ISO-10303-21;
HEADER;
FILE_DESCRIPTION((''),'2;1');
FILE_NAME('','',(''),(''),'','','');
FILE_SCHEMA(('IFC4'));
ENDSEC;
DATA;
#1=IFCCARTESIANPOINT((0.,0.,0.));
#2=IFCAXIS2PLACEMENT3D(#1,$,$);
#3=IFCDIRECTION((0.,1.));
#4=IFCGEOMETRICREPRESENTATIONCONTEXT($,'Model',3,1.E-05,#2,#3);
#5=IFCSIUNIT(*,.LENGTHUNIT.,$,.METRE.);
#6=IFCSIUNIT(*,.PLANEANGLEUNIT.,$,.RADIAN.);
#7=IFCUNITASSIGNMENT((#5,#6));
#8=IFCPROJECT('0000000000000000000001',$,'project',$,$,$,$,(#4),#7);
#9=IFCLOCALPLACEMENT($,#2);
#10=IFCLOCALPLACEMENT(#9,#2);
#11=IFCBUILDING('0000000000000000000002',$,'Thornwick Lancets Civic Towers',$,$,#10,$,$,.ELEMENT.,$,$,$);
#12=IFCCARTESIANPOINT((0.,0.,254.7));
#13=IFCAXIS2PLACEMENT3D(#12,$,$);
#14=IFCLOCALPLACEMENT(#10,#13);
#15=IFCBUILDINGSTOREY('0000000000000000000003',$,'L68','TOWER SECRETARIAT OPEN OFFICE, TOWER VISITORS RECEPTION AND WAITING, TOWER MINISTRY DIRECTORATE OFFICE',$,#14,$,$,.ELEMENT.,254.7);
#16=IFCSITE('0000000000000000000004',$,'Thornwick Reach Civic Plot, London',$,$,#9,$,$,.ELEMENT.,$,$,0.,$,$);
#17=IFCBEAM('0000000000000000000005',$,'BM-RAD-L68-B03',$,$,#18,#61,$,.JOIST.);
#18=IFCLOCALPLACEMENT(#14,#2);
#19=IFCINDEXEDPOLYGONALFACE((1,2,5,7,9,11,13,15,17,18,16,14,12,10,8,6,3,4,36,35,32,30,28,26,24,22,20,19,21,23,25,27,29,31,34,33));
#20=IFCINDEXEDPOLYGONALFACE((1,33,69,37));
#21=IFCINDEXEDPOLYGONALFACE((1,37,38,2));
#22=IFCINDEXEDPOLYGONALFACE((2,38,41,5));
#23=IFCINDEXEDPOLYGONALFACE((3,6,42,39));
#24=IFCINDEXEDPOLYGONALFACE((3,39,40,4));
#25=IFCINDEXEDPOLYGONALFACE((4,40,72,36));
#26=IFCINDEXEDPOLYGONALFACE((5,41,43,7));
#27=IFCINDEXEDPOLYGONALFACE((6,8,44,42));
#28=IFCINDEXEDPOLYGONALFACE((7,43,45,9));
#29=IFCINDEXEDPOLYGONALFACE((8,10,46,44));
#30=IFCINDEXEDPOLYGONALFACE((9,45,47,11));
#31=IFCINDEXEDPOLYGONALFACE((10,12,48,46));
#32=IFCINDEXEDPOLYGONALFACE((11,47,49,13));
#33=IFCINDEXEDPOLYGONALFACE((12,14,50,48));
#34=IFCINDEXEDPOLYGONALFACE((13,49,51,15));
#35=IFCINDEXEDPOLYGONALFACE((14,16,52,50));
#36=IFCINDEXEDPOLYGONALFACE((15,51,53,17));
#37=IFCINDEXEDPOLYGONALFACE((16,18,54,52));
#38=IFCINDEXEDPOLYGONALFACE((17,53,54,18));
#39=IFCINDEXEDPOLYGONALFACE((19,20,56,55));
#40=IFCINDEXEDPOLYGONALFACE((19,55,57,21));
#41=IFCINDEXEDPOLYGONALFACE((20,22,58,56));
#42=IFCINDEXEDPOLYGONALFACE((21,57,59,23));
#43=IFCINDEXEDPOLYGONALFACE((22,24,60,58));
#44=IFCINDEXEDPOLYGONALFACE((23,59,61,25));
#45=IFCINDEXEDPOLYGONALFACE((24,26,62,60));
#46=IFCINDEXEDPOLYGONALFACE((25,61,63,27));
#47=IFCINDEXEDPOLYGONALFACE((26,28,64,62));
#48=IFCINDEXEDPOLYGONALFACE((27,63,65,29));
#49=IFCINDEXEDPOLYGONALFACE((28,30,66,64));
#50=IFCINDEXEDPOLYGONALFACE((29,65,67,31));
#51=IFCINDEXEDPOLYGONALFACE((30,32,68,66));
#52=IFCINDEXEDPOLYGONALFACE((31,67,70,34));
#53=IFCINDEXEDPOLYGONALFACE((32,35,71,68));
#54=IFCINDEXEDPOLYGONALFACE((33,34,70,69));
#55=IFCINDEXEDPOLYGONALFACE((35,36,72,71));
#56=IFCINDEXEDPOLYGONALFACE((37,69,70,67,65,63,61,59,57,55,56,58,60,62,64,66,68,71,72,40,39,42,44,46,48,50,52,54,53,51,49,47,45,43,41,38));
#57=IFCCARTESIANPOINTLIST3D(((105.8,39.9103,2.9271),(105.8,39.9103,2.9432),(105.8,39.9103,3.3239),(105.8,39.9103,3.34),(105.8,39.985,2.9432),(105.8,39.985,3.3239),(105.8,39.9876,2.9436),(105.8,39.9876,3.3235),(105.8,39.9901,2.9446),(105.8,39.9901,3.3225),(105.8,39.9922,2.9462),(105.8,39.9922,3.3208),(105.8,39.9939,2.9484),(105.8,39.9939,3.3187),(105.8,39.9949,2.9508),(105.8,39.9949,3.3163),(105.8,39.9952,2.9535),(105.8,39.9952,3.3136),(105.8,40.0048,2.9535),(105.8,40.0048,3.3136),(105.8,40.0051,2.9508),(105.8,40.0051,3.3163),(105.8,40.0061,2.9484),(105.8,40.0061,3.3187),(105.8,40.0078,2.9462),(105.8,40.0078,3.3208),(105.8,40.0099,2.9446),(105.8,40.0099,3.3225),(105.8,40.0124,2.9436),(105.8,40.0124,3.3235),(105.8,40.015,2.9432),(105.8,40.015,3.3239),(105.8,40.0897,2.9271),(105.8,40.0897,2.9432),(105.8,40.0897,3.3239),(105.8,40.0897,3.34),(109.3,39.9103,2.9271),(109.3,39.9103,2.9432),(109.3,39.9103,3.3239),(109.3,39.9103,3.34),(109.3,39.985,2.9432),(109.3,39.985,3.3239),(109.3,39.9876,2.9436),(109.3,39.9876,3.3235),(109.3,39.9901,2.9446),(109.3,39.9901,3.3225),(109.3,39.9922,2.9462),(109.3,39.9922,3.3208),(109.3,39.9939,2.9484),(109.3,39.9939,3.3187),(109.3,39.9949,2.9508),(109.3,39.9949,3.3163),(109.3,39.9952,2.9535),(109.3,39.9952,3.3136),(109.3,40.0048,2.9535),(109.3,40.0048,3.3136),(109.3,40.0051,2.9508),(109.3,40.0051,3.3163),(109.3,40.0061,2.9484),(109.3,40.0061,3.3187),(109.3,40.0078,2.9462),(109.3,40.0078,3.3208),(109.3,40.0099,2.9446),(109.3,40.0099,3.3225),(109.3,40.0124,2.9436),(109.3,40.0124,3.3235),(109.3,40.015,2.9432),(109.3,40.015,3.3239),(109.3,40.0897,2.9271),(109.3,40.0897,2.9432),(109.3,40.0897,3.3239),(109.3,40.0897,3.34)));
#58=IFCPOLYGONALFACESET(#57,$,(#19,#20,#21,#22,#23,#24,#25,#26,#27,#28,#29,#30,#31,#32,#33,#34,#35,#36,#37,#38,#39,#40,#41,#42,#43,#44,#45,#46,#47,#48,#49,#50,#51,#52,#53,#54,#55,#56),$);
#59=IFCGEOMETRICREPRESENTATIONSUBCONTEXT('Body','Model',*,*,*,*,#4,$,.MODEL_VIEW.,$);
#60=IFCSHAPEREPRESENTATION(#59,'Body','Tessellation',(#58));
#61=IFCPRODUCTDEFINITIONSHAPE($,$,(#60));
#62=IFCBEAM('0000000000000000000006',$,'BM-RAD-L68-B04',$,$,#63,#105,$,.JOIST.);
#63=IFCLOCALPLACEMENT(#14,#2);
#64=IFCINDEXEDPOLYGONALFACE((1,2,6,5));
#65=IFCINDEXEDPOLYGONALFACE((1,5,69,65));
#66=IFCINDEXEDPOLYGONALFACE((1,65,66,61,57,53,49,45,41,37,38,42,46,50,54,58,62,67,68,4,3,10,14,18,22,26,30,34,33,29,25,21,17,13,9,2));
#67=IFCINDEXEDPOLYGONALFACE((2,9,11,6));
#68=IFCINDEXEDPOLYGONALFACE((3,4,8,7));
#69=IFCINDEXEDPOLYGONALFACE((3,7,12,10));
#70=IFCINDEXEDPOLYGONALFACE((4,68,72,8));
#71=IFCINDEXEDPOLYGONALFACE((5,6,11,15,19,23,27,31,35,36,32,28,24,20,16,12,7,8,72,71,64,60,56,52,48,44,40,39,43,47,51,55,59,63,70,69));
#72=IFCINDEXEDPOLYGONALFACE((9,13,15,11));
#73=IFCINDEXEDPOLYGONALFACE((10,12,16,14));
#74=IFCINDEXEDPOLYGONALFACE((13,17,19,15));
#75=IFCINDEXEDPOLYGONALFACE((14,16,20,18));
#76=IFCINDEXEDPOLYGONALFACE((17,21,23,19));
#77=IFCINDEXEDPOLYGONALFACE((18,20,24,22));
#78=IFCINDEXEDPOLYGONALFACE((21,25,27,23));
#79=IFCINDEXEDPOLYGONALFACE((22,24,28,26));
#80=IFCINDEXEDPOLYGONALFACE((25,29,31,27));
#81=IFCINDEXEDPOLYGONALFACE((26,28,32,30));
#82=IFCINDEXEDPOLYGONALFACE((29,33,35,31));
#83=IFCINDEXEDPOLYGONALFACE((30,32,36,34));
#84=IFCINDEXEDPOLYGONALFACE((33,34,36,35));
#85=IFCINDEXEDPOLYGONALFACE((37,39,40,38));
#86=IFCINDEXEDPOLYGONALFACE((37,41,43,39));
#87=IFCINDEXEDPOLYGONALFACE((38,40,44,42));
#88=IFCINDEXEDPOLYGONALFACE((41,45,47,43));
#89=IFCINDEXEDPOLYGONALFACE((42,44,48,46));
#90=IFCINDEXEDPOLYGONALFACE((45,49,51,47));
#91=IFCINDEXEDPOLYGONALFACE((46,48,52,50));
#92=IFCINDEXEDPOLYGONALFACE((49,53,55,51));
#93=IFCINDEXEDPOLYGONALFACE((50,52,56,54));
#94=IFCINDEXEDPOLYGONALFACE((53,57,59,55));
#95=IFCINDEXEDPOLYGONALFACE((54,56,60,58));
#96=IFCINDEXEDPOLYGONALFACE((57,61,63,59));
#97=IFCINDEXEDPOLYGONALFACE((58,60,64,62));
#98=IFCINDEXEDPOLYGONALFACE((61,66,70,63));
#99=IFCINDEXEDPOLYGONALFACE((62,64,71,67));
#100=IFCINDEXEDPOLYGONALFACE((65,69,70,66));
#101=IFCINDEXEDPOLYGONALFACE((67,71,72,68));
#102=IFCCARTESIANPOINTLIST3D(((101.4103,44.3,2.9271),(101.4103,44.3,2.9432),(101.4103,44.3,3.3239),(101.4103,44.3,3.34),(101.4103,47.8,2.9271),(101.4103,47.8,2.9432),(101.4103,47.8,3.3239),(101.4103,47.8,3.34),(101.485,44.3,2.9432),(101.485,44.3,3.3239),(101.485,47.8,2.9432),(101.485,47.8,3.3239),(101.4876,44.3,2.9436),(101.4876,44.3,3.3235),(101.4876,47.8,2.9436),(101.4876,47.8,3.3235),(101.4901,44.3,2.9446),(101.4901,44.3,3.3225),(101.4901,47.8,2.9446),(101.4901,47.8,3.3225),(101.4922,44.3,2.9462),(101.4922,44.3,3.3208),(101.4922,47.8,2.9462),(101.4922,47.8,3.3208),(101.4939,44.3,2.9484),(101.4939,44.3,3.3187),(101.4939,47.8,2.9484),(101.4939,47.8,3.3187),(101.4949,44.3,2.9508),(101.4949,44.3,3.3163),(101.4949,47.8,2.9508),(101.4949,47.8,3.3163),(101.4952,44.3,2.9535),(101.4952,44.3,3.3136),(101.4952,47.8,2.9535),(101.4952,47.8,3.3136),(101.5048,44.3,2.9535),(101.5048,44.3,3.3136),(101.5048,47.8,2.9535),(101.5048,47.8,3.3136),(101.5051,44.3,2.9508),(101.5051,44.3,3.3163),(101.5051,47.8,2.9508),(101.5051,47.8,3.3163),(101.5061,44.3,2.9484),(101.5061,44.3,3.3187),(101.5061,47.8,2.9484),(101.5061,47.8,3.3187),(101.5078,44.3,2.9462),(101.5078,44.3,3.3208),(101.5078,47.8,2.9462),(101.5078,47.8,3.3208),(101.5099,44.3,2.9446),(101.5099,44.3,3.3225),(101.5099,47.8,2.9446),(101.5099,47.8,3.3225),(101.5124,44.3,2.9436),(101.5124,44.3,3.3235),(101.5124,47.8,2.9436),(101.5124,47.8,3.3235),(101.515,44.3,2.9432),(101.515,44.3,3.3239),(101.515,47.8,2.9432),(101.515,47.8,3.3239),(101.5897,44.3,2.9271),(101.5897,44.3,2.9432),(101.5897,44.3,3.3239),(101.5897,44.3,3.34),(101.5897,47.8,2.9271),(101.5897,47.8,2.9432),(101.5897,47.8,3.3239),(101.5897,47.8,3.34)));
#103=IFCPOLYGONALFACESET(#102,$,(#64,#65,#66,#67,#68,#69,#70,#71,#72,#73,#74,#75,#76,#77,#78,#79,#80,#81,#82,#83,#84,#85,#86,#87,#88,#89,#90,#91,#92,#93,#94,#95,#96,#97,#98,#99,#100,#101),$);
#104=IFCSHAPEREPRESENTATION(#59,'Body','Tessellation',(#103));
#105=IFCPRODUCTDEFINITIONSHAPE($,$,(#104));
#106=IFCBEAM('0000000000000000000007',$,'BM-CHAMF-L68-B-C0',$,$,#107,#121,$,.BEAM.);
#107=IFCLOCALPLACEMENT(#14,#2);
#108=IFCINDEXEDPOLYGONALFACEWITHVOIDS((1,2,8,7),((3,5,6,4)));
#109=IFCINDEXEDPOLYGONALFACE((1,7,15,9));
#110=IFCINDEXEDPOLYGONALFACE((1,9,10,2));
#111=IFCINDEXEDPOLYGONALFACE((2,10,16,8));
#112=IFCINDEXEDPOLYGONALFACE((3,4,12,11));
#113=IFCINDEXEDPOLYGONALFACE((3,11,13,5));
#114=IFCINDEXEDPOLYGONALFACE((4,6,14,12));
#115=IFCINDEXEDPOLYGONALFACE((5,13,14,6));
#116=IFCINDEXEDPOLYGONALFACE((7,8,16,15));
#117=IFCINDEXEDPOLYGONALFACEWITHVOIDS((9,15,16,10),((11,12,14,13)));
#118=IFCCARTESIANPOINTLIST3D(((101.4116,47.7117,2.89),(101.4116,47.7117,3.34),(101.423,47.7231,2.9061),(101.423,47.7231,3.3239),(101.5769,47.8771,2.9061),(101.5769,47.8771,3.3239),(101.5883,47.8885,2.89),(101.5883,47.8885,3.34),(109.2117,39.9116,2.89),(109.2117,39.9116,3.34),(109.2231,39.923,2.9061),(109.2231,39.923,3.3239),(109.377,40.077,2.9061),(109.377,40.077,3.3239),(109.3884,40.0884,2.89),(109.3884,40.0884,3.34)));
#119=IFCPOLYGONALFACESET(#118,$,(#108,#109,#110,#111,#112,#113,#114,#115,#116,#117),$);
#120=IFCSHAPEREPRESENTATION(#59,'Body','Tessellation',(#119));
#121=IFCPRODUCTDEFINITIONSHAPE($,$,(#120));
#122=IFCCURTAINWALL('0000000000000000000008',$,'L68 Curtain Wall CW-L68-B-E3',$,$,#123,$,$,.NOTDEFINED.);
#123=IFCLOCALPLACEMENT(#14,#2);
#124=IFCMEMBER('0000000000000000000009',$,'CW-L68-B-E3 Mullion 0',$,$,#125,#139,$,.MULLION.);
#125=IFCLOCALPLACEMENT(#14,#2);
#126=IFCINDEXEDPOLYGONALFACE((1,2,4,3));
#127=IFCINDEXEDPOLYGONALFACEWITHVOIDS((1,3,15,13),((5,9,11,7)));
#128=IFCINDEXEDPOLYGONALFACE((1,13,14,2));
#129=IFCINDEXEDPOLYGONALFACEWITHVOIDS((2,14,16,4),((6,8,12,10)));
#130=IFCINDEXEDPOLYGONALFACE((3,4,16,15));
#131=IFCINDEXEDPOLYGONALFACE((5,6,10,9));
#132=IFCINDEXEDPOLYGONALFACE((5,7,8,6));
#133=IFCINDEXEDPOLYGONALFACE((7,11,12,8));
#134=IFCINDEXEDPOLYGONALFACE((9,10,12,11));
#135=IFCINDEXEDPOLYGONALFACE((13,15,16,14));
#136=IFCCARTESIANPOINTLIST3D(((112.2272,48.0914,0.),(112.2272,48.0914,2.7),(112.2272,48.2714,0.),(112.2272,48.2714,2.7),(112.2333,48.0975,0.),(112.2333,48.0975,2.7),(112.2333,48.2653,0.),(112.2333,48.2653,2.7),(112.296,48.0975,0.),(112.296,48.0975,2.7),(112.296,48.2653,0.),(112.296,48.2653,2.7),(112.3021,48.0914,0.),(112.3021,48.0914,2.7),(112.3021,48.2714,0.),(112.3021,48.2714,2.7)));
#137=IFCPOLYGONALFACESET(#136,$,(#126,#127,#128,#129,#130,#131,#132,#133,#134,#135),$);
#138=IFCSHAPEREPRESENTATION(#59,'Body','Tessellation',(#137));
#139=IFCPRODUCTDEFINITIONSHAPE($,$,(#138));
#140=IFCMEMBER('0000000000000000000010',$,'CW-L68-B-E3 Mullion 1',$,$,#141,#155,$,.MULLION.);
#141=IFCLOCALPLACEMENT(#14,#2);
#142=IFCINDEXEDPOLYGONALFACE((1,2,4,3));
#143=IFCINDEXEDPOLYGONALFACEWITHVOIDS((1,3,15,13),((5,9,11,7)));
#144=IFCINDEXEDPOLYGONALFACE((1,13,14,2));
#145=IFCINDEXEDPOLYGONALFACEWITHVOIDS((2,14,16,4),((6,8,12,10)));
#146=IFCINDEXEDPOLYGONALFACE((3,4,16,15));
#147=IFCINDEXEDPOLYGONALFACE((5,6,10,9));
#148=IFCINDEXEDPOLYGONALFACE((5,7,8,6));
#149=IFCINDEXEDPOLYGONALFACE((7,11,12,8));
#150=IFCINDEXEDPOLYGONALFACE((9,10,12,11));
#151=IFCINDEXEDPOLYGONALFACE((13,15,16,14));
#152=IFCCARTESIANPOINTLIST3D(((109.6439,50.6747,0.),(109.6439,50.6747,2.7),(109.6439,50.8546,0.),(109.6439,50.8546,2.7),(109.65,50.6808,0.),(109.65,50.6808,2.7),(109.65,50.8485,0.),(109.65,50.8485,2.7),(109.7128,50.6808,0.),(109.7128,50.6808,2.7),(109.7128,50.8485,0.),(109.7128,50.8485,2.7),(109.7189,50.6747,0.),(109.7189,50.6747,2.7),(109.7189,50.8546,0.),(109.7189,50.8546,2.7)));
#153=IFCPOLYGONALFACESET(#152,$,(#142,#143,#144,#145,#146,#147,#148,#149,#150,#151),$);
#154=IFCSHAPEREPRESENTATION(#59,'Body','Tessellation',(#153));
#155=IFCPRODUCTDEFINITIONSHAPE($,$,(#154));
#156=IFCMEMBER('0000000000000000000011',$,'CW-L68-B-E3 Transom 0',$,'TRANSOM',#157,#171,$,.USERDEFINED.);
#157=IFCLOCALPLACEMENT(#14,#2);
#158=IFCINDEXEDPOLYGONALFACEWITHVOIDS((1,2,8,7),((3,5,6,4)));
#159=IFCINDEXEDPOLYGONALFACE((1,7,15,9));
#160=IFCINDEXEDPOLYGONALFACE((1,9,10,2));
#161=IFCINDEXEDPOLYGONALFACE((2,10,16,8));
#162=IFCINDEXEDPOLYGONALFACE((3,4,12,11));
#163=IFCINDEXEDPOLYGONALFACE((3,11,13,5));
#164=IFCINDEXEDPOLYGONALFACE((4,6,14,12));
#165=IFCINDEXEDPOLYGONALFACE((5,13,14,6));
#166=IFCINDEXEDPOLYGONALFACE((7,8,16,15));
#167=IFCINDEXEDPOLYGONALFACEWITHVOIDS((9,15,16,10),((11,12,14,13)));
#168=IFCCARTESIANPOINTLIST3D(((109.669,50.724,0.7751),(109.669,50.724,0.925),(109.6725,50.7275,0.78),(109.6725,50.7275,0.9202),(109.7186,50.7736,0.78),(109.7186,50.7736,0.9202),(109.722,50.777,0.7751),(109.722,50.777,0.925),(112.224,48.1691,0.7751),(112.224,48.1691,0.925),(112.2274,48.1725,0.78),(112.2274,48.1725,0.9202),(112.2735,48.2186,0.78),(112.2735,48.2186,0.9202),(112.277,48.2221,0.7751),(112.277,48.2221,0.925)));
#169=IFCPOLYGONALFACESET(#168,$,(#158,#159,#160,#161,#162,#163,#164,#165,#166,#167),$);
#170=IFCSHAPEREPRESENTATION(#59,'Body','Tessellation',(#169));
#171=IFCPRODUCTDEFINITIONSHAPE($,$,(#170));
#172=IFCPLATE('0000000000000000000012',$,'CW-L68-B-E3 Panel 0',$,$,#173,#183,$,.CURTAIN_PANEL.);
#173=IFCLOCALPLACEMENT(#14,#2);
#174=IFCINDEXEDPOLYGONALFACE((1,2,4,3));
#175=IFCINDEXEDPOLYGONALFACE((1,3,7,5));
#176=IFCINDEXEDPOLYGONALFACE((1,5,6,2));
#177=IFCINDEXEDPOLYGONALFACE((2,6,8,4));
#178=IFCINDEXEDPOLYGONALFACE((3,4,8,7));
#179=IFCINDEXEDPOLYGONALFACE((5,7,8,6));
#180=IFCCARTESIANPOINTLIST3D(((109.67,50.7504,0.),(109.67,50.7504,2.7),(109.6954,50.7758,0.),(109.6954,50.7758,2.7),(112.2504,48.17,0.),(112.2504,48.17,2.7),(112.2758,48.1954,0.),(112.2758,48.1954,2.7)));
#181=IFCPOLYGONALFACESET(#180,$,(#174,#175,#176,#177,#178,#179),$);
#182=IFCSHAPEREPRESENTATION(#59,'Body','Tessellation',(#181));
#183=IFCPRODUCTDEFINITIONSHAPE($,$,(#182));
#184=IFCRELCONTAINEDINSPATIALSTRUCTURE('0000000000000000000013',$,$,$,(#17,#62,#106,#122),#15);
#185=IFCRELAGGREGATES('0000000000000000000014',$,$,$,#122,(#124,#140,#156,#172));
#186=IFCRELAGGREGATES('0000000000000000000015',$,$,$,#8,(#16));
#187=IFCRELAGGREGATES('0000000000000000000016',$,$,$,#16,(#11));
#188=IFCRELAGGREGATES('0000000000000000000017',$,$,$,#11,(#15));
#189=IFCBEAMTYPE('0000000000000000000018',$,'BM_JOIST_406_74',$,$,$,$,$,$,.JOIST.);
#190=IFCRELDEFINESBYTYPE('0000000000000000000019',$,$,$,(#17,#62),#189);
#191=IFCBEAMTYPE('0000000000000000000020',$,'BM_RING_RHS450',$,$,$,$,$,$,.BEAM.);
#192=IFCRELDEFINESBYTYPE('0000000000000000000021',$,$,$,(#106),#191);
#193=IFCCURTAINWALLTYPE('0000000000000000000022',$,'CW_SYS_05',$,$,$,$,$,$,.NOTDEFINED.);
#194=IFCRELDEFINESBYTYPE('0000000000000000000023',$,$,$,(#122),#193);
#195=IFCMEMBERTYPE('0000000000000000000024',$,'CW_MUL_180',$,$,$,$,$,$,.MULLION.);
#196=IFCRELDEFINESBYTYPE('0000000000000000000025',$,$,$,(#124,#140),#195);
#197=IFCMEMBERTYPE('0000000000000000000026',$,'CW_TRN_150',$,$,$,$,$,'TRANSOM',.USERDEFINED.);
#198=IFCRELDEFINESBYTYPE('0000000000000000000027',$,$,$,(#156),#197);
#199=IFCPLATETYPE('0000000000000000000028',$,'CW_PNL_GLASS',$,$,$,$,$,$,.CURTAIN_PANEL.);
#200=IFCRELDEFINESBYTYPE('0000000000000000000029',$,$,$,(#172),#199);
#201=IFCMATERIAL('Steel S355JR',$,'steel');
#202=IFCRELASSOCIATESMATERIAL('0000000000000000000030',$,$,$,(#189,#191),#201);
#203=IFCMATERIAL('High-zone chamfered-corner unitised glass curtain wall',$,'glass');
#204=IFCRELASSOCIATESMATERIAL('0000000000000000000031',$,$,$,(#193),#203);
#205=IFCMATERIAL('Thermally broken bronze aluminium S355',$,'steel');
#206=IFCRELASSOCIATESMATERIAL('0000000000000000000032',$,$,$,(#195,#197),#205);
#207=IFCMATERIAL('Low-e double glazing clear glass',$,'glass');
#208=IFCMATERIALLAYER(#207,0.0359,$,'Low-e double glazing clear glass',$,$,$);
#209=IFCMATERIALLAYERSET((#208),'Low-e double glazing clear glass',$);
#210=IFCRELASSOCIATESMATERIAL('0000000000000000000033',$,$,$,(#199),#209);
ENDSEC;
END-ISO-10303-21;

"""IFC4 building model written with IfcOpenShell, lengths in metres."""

from ifc_helpers import new_model, si_unit, direction, frame, origin, origin_2d, place, context, subcontext, project, spatial, rectangle, hollow_rectangle, i_section, extrude, material, layer, layer_set, material_profile, profile_set, type_object, element, aggregate, save


model = new_model("IFC4")

# Units and contexts
model_context = context("Model", 3, precision=1e-05, world=origin(), true_north=direction((0.0, 1.0)))
body_context = subcontext(model_context, "Body", "Model", "MODEL_VIEW")
ifc_project = project(units=[si_unit("LENGTHUNIT", "METRE"), si_unit("PLANEANGLEUNIT", "RADIAN")], contexts=[model_context])

# Site, building, storey
site_placement = place(None, origin())
site = spatial("IfcSite", under=ifc_project, at=site_placement, Name="Thornwick Reach Civic Plot, London", CompositionType="ELEMENT", RefElevation=0.0)
building_placement = place(site_placement, origin())
building = spatial("IfcBuilding", under=site, at=building_placement, Name="Thornwick Lancets Civic Towers", CompositionType="ELEMENT")
storey_placement = place(building_placement, frame((0.0, 0.0, 254.7)))
storey = spatial("IfcBuildingStorey", under=building, at=storey_placement, Name="L68", Description="TOWER SECRETARIAT OPEN OFFICE, TOWER VISITORS RECEPTION AND WAITING, TOWER MINISTRY DIRECTORATE OFFICE", CompositionType="ELEMENT", Elevation=254.7)

# Shared definitions
ifc_material_1 = material(Name="Steel S355JR", Category="steel")

# Beams
ifc_material_profile_1 = material_profile(ifc_material_1, i_section(OverallWidth=0.1794, OverallDepth=0.4128, WebThickness=0.0095, FlangeThickness=0.0161, FilletRadius=0.0103, at=origin_2d()), Name="UKB 406x178x74")
ifc_profile_set_1 = profile_set([ifc_material_profile_1], Name="Steel S355JR")
beam_type_1 = type_object("IfcBeamType", Name="BM_JOIST_406_74", PredefinedType="JOIST", material=ifc_profile_set_1)
for number, where, z_axis, x_axis, name in (
    (1, (105.8, 40.0, 3.1335), (1.0, 0.0, 0.0), (0.0, 1.0, 0.0), "BM-RAD-L68-B03"),
    (2, (101.5, 44.3, 3.1335), (0.0, 1.0, 0.0), (-1.0, 0.0, 0.0), "BM-RAD-L68-B04"),
):
    element("IfcBeam", number, at=place(storey_placement, frame(where, z_axis=z_axis, x_axis=x_axis)), inside=storey, type_object=beam_type_1, Name=name, PredefinedType="JOIST", context=body_context, shape_type="SweptSolid", body=[
        extrude(i_section(OverallWidth=0.1794, OverallDepth=0.4128, WebThickness=0.0095, FlangeThickness=0.0161, FilletRadius=0.0103, at=origin_2d()), origin(), (0.0, 0.0, 1.0), 3.5),
    ])
ifc_material_profile_2 = material_profile(ifc_material_1, hollow_rectangle(XDim=0.25, YDim=0.45, WallThickness=0.0161, at=origin_2d()), Name="RHS 450x250x16")
ifc_profile_set_2 = profile_set([ifc_material_profile_2], Name="Steel S355JR")
beam_type_2 = type_object("IfcBeamType", Name="BM_RING_RHS450", PredefinedType="BEAM", material=ifc_profile_set_2)
beam_1_placement = place(storey_placement, frame((109.3, 40.0, 3.115), z_axis=(-0.707107, 0.707107, 0.0), x_axis=(-0.707107, -0.707107, 0.0)))
element("IfcBeam", 3, at=beam_1_placement, inside=storey, type_object=beam_type_2, Name="BM-CHAMF-L68-B-C0", PredefinedType="BEAM", context=body_context, shape_type="SweptSolid", body=[
    extrude(hollow_rectangle(XDim=0.25, YDim=0.45, WallThickness=0.0161, at=origin_2d()), origin(), (0.0, 0.0, 1.0), 11.031),
])

# Curtain wall, members, plate
ifc_material_2 = material(Name="High-zone chamfered-corner unitised glass curtain wall", Category="glass")
curtain_wall_type = type_object("IfcCurtainWallType", Name="CW_SYS_05", PredefinedType="NOTDEFINED", material=ifc_material_2)
curtain_wall_placement = place(storey_placement, origin())
curtain_wall = element("IfcCurtainWall", 4, at=curtain_wall_placement, inside=storey, type_object=curtain_wall_type, Name="L68 Curtain Wall CW-L68-B-E3", PredefinedType="NOTDEFINED")
ifc_material_3 = material(Name="Thermally broken bronze aluminium S355", Category="steel")
ifc_material_profile_3 = material_profile(ifc_material_3, hollow_rectangle(XDim=0.075, YDim=0.1799, WallThickness=0.0061, at=origin_2d()), Name="RHS 180x75x6")
ifc_profile_set_3 = profile_set([ifc_material_profile_3], Name="Thermally broken bronze aluminium S355")
member_type_1 = type_object("IfcMemberType", Name="CW_MUL_180", PredefinedType="MULLION", material=ifc_profile_set_3)
member_1_placement = place(storey_placement, frame((112.2646, 48.1814, 0.0), z_axis=(0.0, 0.0, 1.0), x_axis=(1.0, 0.0, 0.0)))
member_1 = element("IfcMember", 5, at=member_1_placement, type_object=member_type_1, Name="CW-L68-B-E3 Mullion 0", PredefinedType="MULLION", context=body_context, shape_type="SweptSolid", body=[
    extrude(hollow_rectangle(XDim=0.075, YDim=0.1799, WallThickness=0.0061, at=origin_2d()), origin(), (0.0, 0.0, 1.0), 2.7),
])
member_2_placement = place(storey_placement, frame((109.6814, 50.7646, 0.0), z_axis=(0.0, 0.0, 1.0), x_axis=(1.0, 0.0, 0.0)))
member_2 = element("IfcMember", 6, at=member_2_placement, type_object=member_type_1, Name="CW-L68-B-E3 Mullion 1", PredefinedType="MULLION", context=body_context, shape_type="SweptSolid", body=[
    extrude(hollow_rectangle(XDim=0.075, YDim=0.1799, WallThickness=0.0061, at=origin_2d()), origin(), (0.0, 0.0, 1.0), 2.7),
])
ifc_material_profile_4 = material_profile(ifc_material_3, hollow_rectangle(XDim=0.075, YDim=0.1499, WallThickness=0.0049, at=origin_2d()), Name="RHS 150x75x5")
ifc_profile_set_4 = profile_set([ifc_material_profile_4], Name="Thermally broken bronze aluminium S355")
member_type_2 = type_object("IfcMemberType", Name="CW_TRN_150", ElementType="TRANSOM", PredefinedType="USERDEFINED", material=ifc_profile_set_4)
member_3_placement = place(storey_placement, frame((112.2505, 48.1956, 0.8501), z_axis=(-0.707107, 0.707107, 0.0), x_axis=(-0.707107, -0.707107, 0.0)))
member_3 = element("IfcMember", 7, at=member_3_placement, type_object=member_type_2, Name="CW-L68-B-E3 Transom 0", ObjectType="TRANSOM", PredefinedType="USERDEFINED", context=body_context, shape_type="SweptSolid", body=[
    extrude(hollow_rectangle(XDim=0.075, YDim=0.1499, WallThickness=0.0049, at=origin_2d()), origin(), (0.0, 0.0, 1.0), 3.6133),
])
ifc_material_4 = material(Name="Low-e double glazing clear glass", Category="glass")
ifc_layer_1 = layer(ifc_material_4, 0.0359, Name="Low-e double glazing clear glass")
ifc_layer_set_1 = layer_set([ifc_layer_1], Name="Low-e double glazing clear glass")
plate_type = type_object("IfcPlateType", Name="CW_PNL_GLASS", PredefinedType="CURTAIN_PANEL", material=ifc_layer_set_1)
plate_placement = place(storey_placement, frame((110.9729, 49.4729, 0.0), z_axis=(0.0, 0.0, 1.0), x_axis=(-0.707107, 0.707107, 0.0)))
plate = element("IfcPlate", 8, at=plate_placement, type_object=plate_type, Name="CW-L68-B-E3 Panel 0", PredefinedType="CURTAIN_PANEL", context=body_context, shape_type="SweptSolid", body=[
    extrude(rectangle(XDim=3.6492, YDim=0.0359, at=origin_2d()), origin(), (0.0, 0.0, 1.0), 2.7),
])
aggregate(curtain_wall, [member_1, member_2, member_3, plate])

save(model, "model.ifc")
